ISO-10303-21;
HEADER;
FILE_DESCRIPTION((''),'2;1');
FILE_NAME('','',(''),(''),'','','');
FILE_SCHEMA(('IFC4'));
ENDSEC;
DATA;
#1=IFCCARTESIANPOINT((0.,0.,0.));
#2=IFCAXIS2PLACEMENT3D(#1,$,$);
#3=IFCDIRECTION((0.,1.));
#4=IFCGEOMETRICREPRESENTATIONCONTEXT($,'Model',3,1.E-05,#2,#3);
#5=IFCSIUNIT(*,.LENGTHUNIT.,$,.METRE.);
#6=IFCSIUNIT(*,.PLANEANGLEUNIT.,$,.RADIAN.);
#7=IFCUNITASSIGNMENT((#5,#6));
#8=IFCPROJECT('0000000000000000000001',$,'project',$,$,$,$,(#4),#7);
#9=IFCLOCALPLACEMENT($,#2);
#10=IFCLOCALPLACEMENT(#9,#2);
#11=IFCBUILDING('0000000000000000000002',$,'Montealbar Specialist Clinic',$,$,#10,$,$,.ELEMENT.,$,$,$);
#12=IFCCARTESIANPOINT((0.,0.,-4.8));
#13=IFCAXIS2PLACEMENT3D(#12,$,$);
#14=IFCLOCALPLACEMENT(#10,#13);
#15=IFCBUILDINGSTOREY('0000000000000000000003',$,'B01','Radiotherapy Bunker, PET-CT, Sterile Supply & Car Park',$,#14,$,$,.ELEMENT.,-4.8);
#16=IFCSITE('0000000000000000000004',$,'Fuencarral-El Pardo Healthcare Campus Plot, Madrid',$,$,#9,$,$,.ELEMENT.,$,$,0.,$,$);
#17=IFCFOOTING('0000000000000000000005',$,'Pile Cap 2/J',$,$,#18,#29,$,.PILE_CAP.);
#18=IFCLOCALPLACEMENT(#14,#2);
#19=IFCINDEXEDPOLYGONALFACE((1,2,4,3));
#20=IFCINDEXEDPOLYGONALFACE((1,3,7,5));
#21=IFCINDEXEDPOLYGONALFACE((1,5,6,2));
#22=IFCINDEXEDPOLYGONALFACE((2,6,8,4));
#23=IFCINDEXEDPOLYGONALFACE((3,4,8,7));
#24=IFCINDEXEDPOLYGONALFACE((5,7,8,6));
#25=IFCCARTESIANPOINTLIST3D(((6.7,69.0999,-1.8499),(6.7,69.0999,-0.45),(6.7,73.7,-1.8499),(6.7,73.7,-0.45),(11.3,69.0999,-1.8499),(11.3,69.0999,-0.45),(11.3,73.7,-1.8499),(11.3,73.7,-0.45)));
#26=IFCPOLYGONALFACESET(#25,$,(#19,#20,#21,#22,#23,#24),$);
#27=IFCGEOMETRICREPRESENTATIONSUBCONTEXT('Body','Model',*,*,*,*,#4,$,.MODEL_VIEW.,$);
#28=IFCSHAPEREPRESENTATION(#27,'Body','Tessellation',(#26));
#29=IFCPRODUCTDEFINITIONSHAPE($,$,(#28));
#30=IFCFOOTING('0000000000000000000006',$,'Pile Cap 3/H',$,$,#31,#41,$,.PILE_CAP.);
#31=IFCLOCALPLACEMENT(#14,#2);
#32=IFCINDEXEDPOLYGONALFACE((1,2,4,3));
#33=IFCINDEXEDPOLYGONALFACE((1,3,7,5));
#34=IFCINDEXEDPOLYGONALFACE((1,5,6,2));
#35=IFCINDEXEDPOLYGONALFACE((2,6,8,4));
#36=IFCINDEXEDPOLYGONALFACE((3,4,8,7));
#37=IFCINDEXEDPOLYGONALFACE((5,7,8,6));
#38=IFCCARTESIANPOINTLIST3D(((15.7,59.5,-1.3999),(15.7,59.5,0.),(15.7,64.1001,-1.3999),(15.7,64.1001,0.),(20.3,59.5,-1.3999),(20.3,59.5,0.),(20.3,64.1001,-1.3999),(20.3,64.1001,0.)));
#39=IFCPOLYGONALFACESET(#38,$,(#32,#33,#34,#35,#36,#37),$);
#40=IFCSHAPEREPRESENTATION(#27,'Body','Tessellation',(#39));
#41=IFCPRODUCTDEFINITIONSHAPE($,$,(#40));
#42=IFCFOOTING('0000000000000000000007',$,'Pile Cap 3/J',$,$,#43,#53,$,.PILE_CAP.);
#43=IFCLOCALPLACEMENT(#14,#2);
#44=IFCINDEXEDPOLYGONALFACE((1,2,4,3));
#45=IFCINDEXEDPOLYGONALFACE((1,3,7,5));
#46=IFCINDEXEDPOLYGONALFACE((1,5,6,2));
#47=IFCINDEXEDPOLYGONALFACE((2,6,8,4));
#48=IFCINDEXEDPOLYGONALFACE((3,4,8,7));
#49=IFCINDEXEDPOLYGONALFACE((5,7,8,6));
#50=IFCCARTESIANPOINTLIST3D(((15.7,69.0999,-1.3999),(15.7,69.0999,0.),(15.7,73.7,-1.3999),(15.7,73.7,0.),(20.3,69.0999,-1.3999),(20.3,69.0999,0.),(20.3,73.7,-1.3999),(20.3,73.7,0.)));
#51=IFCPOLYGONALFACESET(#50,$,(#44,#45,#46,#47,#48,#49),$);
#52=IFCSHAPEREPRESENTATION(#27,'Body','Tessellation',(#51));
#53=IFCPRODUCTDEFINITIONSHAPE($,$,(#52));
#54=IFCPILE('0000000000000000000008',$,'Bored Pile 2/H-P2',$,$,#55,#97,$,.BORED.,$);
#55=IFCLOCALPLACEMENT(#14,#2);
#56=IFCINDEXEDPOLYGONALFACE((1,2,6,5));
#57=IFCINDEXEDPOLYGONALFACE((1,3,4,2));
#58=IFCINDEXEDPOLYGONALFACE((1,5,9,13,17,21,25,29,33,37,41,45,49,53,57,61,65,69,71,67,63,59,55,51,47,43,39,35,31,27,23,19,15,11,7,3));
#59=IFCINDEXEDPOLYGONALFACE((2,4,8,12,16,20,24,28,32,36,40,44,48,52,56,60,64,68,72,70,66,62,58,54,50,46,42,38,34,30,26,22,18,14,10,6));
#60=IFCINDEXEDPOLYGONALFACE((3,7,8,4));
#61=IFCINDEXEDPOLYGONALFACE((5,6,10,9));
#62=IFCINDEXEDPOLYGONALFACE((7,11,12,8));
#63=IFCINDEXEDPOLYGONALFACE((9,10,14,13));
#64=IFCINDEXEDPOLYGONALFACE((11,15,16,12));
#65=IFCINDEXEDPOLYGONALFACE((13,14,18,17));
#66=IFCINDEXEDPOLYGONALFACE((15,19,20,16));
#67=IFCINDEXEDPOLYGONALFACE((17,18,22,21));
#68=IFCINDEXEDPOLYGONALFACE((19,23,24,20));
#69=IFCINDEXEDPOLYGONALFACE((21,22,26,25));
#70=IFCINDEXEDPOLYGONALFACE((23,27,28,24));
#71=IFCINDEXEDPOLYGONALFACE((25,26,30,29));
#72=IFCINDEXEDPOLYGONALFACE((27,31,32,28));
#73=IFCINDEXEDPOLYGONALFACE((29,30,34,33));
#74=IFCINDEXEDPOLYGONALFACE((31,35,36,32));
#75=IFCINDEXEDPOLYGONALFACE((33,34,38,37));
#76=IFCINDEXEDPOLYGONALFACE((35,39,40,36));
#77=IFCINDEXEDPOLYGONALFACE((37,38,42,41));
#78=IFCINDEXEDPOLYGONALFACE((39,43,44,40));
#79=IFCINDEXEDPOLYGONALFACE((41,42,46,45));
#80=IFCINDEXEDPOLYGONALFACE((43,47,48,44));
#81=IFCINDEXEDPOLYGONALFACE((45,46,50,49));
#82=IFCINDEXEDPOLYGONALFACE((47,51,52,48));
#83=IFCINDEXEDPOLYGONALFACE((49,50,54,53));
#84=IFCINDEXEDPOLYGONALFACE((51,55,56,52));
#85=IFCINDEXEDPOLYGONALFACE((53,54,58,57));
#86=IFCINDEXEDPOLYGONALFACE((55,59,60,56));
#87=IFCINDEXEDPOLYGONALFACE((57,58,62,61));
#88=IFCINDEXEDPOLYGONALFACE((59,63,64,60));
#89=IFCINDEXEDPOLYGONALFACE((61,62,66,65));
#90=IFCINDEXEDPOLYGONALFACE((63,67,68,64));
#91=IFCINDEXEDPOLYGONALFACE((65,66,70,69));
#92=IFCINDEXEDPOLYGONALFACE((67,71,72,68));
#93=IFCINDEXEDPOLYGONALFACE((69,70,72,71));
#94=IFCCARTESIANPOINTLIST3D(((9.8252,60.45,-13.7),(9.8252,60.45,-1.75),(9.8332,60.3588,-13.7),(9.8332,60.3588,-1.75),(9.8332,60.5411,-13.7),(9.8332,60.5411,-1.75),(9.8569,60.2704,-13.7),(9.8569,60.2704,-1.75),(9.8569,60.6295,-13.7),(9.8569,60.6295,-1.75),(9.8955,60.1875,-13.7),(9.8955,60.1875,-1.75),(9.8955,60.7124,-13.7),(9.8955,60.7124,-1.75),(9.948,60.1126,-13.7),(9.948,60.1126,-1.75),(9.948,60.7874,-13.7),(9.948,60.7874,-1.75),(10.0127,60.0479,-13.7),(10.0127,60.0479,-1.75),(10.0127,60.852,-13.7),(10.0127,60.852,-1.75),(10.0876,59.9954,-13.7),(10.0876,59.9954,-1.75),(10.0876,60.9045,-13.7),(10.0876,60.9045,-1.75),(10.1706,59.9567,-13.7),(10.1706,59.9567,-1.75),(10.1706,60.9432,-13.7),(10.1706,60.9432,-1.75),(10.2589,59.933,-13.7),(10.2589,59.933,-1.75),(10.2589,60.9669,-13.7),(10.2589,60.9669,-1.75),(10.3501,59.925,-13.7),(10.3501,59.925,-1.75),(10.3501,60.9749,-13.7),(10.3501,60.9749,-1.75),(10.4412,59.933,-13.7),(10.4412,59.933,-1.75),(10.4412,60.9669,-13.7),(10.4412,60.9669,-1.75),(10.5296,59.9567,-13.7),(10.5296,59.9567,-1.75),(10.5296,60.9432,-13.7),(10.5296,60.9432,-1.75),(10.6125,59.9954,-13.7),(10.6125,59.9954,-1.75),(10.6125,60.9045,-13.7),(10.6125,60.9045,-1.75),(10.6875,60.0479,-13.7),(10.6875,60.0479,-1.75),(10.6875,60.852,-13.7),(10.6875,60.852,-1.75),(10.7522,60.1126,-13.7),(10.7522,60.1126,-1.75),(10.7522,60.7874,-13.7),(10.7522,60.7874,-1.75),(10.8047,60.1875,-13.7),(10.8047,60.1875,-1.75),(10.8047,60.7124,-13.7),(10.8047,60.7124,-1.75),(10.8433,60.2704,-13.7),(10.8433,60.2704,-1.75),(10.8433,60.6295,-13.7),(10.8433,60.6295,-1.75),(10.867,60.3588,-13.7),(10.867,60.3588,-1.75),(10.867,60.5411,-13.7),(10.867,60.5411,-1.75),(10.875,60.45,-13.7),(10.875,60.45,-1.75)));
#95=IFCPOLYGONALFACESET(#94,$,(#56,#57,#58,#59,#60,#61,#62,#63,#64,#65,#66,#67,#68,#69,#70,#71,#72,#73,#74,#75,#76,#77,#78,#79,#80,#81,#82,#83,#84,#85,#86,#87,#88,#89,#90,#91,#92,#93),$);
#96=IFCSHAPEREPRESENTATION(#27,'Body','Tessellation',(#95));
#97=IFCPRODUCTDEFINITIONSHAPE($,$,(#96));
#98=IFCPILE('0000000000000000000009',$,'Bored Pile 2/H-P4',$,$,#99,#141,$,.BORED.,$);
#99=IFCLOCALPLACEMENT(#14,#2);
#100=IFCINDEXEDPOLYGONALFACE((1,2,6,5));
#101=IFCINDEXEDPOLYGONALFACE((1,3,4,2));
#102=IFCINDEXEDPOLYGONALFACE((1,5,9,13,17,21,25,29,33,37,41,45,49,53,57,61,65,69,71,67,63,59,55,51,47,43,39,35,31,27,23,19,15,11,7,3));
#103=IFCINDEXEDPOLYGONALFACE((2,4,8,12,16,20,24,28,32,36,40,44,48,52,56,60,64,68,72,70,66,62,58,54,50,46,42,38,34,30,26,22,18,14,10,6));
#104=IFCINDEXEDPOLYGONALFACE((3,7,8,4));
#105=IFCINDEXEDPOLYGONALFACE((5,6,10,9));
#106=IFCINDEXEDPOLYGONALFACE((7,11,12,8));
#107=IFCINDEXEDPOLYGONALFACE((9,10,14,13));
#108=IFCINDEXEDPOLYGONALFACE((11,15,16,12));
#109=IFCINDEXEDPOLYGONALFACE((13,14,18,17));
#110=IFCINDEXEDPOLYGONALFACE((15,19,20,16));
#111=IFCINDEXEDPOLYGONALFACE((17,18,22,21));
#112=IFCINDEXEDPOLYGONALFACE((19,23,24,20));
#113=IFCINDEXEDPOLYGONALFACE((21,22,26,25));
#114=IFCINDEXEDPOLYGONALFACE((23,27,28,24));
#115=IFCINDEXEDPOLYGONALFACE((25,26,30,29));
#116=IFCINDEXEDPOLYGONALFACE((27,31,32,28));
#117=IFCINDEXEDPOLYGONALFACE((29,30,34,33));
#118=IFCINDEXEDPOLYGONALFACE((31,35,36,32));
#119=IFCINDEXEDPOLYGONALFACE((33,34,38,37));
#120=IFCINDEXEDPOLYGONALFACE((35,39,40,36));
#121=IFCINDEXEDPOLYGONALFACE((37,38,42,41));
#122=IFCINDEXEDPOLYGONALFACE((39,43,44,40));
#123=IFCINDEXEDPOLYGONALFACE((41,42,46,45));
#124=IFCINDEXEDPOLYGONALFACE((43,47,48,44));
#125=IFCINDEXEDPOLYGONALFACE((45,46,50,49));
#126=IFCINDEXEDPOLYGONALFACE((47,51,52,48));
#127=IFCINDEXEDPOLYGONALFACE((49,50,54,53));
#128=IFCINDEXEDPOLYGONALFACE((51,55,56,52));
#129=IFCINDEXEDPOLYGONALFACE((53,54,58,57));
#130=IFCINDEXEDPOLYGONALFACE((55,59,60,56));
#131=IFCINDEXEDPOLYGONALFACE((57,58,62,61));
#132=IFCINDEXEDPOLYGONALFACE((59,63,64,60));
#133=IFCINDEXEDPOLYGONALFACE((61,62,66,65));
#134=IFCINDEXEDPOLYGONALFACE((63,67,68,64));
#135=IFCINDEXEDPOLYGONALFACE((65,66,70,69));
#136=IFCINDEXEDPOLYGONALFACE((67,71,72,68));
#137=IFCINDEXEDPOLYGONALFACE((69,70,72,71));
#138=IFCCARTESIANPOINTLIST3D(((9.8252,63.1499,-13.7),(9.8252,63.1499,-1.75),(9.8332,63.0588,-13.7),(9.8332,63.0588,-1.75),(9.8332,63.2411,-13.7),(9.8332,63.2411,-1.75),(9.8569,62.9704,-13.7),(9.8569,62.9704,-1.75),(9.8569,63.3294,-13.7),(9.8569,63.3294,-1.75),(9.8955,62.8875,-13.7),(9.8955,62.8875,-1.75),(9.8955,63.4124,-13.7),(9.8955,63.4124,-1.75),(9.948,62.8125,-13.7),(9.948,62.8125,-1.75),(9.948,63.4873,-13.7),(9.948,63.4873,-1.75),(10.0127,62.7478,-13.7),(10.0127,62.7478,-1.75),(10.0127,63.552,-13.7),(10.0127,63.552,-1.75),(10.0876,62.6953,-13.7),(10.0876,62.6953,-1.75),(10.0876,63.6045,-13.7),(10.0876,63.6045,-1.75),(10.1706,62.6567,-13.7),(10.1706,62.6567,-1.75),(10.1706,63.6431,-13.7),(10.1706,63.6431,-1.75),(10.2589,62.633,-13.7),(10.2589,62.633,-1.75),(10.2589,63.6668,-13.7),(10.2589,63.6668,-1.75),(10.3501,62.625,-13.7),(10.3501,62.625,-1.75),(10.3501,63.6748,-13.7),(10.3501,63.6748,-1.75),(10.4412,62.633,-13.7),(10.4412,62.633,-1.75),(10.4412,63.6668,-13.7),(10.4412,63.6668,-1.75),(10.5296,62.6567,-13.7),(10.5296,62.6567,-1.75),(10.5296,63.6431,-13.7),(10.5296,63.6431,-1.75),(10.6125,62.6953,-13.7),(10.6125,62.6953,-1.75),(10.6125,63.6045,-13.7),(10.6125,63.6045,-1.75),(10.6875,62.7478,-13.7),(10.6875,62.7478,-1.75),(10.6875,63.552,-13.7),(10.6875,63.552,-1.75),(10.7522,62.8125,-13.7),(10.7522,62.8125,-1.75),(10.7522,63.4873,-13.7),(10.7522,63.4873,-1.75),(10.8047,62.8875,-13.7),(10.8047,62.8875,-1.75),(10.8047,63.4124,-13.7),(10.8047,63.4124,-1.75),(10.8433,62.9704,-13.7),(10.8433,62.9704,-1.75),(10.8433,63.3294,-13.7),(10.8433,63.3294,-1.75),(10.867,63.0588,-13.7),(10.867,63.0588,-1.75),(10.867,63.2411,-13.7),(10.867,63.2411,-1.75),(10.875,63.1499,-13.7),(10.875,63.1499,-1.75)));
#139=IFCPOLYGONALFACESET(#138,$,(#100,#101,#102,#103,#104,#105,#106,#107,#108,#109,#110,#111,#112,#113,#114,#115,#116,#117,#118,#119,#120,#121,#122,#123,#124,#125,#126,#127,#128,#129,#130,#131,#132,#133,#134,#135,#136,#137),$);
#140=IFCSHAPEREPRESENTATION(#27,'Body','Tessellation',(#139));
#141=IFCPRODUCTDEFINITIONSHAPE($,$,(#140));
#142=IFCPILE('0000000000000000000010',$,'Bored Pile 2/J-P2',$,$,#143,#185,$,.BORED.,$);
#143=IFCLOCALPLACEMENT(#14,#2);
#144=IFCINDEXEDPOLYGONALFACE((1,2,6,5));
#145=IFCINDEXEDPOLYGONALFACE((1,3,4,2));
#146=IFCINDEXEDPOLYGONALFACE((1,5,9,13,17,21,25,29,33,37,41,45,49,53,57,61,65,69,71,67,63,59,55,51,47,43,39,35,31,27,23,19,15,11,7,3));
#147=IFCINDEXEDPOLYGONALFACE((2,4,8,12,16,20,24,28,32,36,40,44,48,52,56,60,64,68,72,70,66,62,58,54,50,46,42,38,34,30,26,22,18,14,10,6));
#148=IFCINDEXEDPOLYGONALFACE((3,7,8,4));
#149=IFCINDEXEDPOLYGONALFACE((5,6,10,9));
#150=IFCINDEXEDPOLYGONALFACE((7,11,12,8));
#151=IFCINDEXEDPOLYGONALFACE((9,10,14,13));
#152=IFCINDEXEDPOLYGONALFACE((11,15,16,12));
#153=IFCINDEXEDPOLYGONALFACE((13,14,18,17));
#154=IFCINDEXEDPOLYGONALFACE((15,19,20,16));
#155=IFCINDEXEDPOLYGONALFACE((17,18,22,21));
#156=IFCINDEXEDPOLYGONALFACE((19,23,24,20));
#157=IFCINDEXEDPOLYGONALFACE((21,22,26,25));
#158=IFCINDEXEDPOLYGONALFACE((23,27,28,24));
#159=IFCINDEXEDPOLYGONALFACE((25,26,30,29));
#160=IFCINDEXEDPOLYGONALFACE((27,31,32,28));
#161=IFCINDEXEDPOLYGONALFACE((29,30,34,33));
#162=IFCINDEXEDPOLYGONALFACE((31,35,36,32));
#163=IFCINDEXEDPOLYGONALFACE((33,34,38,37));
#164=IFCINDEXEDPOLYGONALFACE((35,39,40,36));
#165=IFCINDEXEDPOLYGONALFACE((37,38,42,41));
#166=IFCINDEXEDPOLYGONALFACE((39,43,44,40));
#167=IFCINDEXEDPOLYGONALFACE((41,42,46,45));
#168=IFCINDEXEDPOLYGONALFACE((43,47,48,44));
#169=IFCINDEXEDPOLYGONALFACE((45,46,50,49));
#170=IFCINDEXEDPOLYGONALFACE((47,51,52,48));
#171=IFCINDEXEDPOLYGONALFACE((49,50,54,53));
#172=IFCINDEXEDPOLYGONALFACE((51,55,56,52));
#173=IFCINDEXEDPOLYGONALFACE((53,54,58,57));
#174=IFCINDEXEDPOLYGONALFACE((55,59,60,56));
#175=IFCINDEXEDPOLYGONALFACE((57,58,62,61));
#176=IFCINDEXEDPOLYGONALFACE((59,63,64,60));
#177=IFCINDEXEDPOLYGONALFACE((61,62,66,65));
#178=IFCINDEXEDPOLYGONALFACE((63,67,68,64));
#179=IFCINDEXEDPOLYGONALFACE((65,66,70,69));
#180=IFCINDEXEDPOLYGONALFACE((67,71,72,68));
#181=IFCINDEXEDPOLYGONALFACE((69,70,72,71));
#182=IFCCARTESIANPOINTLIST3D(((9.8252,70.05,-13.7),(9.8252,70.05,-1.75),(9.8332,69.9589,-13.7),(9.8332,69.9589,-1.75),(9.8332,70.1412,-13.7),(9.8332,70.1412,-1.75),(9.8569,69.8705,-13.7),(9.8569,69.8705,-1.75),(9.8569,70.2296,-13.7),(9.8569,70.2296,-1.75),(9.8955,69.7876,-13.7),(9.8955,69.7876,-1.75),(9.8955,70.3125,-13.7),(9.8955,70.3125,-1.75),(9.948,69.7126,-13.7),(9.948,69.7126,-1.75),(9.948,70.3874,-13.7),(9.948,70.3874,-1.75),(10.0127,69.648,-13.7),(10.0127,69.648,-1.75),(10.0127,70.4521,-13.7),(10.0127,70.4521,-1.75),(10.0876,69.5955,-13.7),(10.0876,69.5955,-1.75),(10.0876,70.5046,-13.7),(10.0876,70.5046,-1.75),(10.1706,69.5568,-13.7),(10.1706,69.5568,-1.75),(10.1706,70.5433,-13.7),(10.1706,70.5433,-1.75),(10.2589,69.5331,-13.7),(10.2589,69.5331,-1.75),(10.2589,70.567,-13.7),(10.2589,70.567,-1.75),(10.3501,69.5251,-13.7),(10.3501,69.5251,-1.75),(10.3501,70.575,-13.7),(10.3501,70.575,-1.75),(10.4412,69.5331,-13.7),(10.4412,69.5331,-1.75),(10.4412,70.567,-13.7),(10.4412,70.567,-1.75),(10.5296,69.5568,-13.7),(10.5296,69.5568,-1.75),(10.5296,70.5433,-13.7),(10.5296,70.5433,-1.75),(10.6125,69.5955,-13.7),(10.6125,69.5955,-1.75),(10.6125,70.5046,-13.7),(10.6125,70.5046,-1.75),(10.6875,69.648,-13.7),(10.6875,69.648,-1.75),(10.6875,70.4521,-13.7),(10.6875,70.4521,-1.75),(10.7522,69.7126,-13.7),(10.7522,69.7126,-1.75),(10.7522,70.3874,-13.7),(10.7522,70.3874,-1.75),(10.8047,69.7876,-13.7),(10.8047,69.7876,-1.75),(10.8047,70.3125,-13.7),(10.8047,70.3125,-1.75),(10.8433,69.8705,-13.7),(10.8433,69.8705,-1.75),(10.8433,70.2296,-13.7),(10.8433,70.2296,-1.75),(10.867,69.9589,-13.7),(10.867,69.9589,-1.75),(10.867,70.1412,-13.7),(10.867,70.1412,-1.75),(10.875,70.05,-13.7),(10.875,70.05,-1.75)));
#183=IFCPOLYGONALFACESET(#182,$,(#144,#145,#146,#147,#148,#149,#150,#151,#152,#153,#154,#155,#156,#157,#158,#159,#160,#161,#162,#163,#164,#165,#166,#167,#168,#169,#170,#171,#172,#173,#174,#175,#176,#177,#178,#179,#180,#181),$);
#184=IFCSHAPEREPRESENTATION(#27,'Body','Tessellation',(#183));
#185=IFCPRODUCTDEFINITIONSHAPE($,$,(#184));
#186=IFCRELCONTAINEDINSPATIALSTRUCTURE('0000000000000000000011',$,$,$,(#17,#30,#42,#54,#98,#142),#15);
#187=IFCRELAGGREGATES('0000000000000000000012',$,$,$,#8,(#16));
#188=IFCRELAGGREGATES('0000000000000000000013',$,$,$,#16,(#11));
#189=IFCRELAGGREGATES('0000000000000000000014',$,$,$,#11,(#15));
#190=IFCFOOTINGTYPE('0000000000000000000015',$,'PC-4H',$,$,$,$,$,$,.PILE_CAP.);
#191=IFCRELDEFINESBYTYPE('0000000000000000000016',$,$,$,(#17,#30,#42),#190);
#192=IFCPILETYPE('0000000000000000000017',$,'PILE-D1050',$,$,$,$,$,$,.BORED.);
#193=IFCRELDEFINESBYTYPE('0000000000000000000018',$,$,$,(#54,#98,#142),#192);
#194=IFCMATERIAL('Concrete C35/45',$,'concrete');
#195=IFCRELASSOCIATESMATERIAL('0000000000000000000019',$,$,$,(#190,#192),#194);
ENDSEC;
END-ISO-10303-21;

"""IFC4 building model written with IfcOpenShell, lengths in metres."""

from ifc_helpers import new_model, si_unit, direction, frame, origin, origin_2d, place, context, subcontext, project, spatial, rectangle, circle, extrude, material, material_profile, profile_set, type_object, element, save


model = new_model("IFC4")

# Units and contexts
model_context = context("Model", 3, precision=1e-05, world=origin(), true_north=direction((0.0, 1.0)))
body_context = subcontext(model_context, "Body", "Model", "MODEL_VIEW")
ifc_project = project(units=[si_unit("LENGTHUNIT", "METRE"), si_unit("PLANEANGLEUNIT", "RADIAN")], contexts=[model_context])

# Site, building, storey
site_placement = place(None, origin())
site = spatial("IfcSite", under=ifc_project, at=site_placement, Name="Fuencarral-El Pardo Healthcare Campus Plot, Madrid", CompositionType="ELEMENT", RefElevation=0.0)
building_placement = place(site_placement, origin())
building = spatial("IfcBuilding", under=site, at=building_placement, Name="Montealbar Specialist Clinic", CompositionType="ELEMENT")
storey_placement = place(building_placement, frame((0.0, 0.0, -4.8)))
storey = spatial("IfcBuildingStorey", under=building, at=storey_placement, Name="B01", Description="Radiotherapy Bunker, PET-CT, Sterile Supply & Car Park", CompositionType="ELEMENT", Elevation=-4.8)

# Footings
ifc_material_1 = material(Name="Concrete C35/45", Category="concrete")
footing_type = type_object("IfcFootingType", Name="PC-4H", PredefinedType="PILE_CAP", material=ifc_material_1)
for number, where, z_axis, x_axis, name in (
    (1, (9.0, 71.3999, -1.8499), (0.0, 0.0, 1.0), (1.0, 0.0, 0.0), "Pile Cap 2/J"),
    (2, (18.0, 61.8, -1.3999), (0.0, 0.0, 1.0), (1.0, 0.0, 0.0), "Pile Cap 3/H"),
    (3, (18.0, 71.3999, -1.3999), (0.0, 0.0, 1.0), (1.0, 0.0, 0.0), "Pile Cap 3/J"),
):
    element("IfcFooting", number, at=place(storey_placement, frame(where, z_axis=z_axis, x_axis=x_axis)), inside=storey, type_object=footing_type, Name=name, PredefinedType="PILE_CAP", context=body_context, shape_type="SweptSolid", body=[
        extrude(rectangle(XDim=4.6001, YDim=4.6001, at=origin_2d()), origin(), (0.0, 0.0, 1.0), 1.3999),
    ])

# Piles
ifc_material_profile_1 = material_profile(ifc_material_1, circle(Radius=0.5249, at=origin_2d()), Name="PILE D1050", Category="concrete")
ifc_profile_set_1 = profile_set([ifc_material_profile_1], Name="Concrete C35/45")
pile_type = type_object("IfcPileType", Name="PILE-D1050", PredefinedType="BORED", material=ifc_profile_set_1)
for number, where, z_axis, x_axis, name in (
    (4, (10.3501, 60.45, -1.75), (0.0, 0.0, -1.0), (1.0, 0.0, 0.0), "Bored Pile 2/H-P2"),
    (5, (10.3501, 63.1499, -1.75), (0.0, 0.0, -1.0), (1.0, 0.0, 0.0), "Bored Pile 2/H-P4"),
    (6, (10.3501, 70.05, -1.75), (0.0, 0.0, -1.0), (1.0, 0.0, 0.0), "Bored Pile 2/J-P2"),
):
    element("IfcPile", number, at=place(storey_placement, frame(where, z_axis=z_axis, x_axis=x_axis)), inside=storey, type_object=pile_type, Name=name, PredefinedType="BORED", context=body_context, shape_type="SweptSolid", body=[
        extrude(circle(Radius=0.5249, at=origin_2d()), origin(), (0.0, 0.0, 1.0), 11.95),
    ])

save(model, "model.ifc")
